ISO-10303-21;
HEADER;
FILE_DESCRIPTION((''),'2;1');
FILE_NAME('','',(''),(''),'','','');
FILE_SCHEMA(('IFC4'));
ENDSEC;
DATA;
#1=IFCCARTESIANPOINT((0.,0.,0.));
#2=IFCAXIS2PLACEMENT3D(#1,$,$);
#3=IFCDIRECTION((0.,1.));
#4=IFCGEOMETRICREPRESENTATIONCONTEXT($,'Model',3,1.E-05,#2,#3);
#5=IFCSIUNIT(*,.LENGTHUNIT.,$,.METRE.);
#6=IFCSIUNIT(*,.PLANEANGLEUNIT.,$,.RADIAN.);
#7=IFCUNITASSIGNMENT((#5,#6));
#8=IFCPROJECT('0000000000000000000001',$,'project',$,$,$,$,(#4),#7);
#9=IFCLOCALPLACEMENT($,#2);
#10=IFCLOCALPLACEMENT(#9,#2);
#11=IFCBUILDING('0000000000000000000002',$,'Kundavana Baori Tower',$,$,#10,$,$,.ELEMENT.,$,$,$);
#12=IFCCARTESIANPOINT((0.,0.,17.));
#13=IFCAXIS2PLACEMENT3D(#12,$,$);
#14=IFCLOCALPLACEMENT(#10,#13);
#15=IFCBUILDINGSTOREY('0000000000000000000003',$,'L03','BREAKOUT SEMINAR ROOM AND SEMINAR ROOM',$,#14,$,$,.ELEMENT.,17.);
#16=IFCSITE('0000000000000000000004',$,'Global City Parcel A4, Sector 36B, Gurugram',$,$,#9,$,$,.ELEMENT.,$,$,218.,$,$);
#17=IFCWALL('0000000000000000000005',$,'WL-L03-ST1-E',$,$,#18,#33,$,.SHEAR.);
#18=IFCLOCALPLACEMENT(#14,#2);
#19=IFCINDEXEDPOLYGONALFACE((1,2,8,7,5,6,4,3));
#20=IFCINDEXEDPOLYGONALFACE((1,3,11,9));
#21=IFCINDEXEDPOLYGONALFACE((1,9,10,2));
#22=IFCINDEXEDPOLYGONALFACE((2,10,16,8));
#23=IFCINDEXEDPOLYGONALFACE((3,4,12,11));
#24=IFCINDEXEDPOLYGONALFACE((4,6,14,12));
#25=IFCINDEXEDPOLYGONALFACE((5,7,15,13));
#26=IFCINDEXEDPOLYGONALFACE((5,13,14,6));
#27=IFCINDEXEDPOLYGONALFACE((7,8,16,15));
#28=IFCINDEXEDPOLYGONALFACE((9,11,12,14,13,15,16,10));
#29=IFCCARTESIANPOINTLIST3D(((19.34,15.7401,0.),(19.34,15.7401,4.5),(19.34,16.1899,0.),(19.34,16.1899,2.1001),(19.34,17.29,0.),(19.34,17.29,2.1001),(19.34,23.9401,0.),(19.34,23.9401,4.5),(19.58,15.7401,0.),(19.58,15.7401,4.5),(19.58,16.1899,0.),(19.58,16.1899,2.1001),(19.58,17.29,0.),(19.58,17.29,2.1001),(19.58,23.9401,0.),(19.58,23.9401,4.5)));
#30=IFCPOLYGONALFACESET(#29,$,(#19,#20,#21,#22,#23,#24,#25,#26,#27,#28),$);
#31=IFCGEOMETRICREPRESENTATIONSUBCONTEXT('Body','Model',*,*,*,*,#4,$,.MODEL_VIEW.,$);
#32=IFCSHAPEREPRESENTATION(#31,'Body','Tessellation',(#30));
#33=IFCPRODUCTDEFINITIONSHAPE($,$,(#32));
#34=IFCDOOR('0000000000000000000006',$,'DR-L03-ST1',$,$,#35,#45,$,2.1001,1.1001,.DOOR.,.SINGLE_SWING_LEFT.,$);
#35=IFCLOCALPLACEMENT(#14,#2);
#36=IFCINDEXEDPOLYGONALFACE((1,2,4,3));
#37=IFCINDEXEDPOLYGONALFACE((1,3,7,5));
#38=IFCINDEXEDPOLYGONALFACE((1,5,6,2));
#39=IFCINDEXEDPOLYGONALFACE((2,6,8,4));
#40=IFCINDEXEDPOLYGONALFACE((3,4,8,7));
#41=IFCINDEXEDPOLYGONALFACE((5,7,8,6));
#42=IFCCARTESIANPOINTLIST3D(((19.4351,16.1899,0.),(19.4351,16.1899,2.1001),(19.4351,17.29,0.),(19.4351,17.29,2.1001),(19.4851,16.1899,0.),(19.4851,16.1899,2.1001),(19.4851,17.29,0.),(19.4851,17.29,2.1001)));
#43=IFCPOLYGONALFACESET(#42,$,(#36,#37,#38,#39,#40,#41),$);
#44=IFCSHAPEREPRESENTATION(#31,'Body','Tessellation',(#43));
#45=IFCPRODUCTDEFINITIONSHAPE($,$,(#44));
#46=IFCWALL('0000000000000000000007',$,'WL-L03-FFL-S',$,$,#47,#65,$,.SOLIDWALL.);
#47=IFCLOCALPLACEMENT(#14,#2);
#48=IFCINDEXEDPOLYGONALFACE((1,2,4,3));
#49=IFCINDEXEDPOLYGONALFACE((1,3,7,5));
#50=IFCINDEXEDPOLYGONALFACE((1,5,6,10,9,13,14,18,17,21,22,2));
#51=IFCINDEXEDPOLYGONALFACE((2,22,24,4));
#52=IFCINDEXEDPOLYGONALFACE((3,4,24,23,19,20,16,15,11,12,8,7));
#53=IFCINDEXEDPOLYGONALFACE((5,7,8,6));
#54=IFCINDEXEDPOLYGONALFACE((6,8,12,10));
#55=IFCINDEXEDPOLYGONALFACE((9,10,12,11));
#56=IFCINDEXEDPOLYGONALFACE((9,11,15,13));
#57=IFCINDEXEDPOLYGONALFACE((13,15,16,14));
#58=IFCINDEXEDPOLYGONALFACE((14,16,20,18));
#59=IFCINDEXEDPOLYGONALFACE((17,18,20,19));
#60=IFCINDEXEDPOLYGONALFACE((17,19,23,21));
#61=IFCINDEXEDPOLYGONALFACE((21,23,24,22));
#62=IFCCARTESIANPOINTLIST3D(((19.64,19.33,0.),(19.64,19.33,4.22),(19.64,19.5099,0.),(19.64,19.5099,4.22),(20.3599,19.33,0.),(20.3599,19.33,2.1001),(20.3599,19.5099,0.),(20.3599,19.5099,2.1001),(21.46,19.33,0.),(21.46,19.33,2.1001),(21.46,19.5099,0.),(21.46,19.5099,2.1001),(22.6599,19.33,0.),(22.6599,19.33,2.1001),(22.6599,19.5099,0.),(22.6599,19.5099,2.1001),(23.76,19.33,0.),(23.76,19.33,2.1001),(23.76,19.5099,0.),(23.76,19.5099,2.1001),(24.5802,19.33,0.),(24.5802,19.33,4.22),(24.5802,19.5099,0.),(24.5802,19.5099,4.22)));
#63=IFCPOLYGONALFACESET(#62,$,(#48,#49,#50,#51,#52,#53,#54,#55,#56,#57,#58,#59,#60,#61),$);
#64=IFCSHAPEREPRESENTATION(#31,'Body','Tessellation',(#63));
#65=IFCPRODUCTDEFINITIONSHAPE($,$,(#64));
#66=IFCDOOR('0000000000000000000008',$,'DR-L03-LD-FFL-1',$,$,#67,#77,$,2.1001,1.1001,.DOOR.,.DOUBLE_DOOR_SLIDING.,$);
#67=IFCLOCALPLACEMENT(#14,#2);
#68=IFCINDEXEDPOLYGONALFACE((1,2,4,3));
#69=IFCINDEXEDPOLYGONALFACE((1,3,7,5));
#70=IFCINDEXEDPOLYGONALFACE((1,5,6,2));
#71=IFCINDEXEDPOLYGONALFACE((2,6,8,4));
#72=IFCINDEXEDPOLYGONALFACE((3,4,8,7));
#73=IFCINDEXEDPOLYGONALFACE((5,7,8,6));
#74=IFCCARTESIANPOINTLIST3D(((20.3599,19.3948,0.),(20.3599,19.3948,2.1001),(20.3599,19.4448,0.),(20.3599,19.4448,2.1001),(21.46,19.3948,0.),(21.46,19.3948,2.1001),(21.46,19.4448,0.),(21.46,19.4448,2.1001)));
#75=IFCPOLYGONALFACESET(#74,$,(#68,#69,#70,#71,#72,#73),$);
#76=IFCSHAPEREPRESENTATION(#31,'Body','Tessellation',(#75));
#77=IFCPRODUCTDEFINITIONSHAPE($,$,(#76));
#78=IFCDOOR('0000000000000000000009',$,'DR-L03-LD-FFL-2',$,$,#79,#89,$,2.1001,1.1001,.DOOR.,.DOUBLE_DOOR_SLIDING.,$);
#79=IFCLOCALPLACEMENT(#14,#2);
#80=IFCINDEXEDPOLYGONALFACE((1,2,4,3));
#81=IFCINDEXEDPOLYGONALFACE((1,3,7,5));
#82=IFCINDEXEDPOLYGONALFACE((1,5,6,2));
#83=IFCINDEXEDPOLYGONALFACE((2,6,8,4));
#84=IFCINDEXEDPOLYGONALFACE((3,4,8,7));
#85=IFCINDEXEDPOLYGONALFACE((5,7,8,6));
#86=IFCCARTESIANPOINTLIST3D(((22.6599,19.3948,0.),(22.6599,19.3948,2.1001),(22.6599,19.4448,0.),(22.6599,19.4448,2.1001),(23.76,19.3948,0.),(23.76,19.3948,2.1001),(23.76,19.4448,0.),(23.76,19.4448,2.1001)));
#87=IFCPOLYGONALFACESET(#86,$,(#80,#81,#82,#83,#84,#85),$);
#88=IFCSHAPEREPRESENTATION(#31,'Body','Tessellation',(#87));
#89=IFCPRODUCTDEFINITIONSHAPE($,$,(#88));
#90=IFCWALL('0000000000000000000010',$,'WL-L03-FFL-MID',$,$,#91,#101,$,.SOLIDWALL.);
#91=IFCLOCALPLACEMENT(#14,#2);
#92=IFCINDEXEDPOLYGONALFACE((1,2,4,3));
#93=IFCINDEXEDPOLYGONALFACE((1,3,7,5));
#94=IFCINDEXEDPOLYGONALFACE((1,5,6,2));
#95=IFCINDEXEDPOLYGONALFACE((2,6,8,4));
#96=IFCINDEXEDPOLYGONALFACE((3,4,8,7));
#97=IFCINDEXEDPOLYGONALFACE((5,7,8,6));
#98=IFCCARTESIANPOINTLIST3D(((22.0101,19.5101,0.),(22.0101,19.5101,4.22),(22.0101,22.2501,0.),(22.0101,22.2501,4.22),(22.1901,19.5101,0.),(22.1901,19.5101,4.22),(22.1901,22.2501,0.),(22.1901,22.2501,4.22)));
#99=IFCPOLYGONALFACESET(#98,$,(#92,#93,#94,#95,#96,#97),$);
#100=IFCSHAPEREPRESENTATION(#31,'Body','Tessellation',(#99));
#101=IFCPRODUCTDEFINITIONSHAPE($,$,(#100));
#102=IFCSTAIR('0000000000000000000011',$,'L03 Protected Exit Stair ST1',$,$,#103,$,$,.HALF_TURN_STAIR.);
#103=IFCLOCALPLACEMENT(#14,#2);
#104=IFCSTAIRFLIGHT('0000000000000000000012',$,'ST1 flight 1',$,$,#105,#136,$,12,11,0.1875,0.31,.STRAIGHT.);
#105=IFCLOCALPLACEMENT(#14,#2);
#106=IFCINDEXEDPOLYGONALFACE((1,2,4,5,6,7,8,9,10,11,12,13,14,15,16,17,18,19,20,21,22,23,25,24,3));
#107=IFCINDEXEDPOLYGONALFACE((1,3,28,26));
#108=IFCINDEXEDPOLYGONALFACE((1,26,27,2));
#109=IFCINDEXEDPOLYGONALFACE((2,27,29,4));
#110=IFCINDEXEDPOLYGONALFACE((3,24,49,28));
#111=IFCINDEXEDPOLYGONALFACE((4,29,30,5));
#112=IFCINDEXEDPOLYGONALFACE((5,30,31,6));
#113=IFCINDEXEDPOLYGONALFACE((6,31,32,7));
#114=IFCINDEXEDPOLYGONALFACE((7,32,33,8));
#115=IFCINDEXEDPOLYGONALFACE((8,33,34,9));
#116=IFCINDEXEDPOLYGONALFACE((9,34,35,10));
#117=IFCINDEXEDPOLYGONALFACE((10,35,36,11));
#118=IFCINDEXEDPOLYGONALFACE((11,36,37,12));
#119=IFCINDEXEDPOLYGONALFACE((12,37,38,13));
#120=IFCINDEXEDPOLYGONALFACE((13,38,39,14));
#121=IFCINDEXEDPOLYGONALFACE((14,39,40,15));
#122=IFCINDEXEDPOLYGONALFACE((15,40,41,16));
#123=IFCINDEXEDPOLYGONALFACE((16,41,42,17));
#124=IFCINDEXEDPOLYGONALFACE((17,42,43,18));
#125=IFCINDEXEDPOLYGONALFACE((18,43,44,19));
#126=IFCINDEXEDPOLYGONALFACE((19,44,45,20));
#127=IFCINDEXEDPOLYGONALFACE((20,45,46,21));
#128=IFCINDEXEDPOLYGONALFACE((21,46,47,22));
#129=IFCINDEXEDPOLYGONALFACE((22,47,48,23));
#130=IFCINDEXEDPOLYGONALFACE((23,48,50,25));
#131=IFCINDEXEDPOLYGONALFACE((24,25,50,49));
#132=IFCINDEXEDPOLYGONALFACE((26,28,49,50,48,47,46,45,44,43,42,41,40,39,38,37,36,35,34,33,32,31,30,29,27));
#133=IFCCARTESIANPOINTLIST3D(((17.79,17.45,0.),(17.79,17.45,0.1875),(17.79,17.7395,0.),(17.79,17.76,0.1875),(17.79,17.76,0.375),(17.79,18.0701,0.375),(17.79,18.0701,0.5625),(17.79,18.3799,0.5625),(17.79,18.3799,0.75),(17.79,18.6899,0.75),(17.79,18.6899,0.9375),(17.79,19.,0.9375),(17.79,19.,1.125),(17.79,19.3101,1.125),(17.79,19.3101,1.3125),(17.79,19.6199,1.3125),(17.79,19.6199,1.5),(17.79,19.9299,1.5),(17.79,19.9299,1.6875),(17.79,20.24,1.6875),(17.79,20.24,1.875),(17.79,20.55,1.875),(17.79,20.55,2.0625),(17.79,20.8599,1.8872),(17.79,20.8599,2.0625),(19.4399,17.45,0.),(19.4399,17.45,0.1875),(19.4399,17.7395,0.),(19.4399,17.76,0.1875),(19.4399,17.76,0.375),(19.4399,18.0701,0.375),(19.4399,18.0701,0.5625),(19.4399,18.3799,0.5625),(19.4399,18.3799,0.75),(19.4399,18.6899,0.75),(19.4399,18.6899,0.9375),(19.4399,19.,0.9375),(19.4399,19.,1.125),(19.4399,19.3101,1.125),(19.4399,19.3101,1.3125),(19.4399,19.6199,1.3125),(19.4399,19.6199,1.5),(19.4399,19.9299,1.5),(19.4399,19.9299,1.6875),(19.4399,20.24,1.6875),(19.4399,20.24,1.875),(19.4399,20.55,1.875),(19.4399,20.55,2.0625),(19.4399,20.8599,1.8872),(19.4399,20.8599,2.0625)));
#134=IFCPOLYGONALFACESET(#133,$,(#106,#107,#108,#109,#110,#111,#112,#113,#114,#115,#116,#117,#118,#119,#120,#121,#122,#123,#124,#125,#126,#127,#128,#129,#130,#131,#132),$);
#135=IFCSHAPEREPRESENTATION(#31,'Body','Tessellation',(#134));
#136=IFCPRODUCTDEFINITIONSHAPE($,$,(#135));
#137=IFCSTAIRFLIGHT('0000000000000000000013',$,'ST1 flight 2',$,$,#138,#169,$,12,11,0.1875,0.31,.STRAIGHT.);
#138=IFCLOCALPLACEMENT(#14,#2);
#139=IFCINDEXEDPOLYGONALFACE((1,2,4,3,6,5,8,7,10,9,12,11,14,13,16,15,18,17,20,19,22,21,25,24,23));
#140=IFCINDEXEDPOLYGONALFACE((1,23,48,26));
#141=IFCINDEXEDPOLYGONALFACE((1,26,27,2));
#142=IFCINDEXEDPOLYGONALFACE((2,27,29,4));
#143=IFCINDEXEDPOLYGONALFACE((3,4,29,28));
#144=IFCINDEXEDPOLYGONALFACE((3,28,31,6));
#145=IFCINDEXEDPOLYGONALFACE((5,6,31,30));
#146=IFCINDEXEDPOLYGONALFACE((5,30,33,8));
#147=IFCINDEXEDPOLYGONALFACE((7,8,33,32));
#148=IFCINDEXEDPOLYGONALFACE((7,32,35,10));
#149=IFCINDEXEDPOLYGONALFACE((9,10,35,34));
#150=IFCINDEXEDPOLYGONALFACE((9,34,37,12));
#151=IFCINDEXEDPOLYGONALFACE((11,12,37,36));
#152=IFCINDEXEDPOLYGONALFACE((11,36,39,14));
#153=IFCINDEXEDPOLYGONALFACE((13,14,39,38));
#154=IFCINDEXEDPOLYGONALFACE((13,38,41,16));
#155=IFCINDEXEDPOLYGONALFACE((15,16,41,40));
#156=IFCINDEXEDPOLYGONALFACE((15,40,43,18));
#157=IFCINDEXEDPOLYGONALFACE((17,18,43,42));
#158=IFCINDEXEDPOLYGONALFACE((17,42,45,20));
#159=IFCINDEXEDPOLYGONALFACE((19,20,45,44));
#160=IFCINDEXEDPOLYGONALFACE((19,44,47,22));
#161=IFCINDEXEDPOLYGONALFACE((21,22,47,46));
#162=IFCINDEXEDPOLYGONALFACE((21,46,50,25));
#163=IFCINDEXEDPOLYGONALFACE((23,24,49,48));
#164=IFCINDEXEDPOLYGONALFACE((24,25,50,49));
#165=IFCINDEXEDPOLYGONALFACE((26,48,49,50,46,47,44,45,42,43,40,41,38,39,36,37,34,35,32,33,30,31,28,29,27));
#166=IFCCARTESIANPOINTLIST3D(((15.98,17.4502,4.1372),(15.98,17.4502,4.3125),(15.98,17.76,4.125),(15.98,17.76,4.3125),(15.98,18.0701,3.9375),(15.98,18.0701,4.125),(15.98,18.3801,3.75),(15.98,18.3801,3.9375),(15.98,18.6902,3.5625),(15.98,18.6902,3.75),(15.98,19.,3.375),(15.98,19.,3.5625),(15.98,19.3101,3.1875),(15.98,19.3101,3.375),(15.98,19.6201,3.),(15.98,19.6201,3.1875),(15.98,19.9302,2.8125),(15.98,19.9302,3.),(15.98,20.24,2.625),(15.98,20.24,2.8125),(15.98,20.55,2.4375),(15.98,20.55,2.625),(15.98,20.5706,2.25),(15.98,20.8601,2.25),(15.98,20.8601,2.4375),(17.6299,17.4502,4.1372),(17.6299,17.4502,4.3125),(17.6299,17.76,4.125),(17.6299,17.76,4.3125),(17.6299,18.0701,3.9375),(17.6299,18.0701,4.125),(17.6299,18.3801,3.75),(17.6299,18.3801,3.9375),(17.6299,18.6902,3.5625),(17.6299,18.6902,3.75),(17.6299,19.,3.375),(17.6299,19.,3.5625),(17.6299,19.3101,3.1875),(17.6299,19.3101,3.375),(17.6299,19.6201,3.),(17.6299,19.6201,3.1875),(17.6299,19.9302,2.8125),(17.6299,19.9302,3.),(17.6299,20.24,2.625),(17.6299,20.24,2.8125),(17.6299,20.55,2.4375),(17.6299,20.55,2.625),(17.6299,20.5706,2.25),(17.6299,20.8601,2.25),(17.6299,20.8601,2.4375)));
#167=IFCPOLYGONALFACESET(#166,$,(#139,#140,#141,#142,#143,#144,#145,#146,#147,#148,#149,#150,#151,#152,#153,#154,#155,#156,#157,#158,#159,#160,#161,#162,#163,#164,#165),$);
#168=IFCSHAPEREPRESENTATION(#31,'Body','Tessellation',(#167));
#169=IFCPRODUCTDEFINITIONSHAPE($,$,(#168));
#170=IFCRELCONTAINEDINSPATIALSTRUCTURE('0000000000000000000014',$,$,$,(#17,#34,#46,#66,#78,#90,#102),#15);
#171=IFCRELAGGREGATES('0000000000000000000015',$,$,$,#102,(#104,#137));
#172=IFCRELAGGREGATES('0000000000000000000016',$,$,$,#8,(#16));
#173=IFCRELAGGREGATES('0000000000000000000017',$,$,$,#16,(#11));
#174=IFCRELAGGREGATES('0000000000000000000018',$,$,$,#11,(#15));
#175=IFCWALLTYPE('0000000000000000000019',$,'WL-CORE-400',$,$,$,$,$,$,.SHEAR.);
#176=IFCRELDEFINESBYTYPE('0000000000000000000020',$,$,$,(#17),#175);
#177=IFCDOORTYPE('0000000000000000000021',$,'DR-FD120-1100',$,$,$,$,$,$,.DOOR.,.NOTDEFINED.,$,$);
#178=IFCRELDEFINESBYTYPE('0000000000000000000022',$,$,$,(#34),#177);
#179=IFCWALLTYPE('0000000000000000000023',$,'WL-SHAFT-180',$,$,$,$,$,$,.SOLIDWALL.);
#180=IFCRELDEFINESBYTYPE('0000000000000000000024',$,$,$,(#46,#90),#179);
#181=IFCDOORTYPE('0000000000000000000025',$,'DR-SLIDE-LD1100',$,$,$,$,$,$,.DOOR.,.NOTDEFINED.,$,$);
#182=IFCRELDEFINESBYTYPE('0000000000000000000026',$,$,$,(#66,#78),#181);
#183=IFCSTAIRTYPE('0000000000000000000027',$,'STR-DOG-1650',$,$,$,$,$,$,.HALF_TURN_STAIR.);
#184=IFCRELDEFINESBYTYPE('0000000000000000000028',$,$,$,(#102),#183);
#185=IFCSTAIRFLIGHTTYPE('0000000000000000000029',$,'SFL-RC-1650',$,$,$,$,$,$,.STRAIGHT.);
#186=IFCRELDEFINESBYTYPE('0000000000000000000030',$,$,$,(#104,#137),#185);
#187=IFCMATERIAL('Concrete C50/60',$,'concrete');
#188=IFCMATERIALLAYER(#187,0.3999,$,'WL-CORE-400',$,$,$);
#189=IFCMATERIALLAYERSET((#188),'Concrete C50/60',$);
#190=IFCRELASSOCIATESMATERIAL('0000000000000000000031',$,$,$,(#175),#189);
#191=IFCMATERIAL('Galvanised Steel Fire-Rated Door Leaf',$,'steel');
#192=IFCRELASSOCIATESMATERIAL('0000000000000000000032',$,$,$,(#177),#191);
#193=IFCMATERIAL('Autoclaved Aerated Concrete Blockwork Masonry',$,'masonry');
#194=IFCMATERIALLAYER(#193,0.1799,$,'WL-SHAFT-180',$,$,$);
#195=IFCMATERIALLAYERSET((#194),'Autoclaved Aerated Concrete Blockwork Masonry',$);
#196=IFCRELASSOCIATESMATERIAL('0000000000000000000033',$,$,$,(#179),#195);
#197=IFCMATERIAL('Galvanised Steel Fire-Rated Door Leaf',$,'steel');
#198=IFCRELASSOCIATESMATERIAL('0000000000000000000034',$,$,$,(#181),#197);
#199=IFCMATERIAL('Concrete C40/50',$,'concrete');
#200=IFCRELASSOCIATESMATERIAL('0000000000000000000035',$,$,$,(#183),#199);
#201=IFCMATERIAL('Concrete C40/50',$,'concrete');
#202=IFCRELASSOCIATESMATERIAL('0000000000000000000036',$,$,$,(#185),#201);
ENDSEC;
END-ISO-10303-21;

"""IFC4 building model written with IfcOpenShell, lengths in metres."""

from ifc_helpers import new_model, si_unit, direction, frame, frame_2d, origin, place, context, subcontext, project, spatial, polyline, rectangle, outline, extrude, material, layer, layer_set, type_object, element, fill, aggregate, save


model = new_model("IFC4")

# Units and contexts
model_context = context("Model", 3, precision=1e-05, world=origin(), true_north=direction((0.0, 1.0)))
body_context = subcontext(model_context, "Body", "Model", "MODEL_VIEW")
ifc_project = project(units=[si_unit("LENGTHUNIT", "METRE"), si_unit("PLANEANGLEUNIT", "RADIAN")], contexts=[model_context])

# Site, building, storey
site_placement = place(None, origin())
site = spatial("IfcSite", under=ifc_project, at=site_placement, Name="Global City Parcel A4, Sector 36B, Gurugram", CompositionType="ELEMENT", RefElevation=218.0)
building_placement = place(site_placement, origin())
building = spatial("IfcBuilding", under=site, at=building_placement, Name="Kundavana Baori Tower", CompositionType="ELEMENT")
storey_placement = place(building_placement, frame((0.0, 0.0, 17.0)))
storey = spatial("IfcBuildingStorey", under=building, at=storey_placement, Name="L03", Description="BREAKOUT SEMINAR ROOM AND SEMINAR ROOM", CompositionType="ELEMENT", Elevation=17.0)

# Wall, opening, door
ifc_material_1 = material(Name="Concrete C50/60", Category="concrete")
ifc_layer_1 = layer(ifc_material_1, 0.3999, Name="WL-CORE-400")
ifc_layer_set_1 = layer_set([ifc_layer_1], Name="Concrete C50/60")
wall_type_1 = type_object("IfcWallType", Name="WL-CORE-400", PredefinedType="SHEAR", material=ifc_layer_set_1)
wall_1_placement = place(storey_placement, frame((19.46, 15.74, 0.0), z_axis=(0.0, 0.0, 1.0), x_axis=(0.0, 1.0, 0.0)))
wall_1 = element("IfcWall", 1, at=wall_1_placement, inside=storey, type_object=wall_type_1, Name="WL-L03-ST1-E", PredefinedType="SHEAR", context=body_context, shape_type="SweptSolid", body=[
    extrude(rectangle(XDim=8.2, YDim=0.24, at=frame_2d((4.1001, 0.0))), origin(), (0.0, 0.0, 1.0), 4.5),
])
opening_1_placement = place(wall_1_placement, frame((0.45, 0.0, 0.0)))
opening_1 = element("IfcOpeningElement", 2, at=opening_1_placement, cuts=wall_1, PredefinedType="OPENING", context=body_context, shape_type="SweptSolid", body=[
    extrude(rectangle(XDim=1.1001, YDim=2.1001, at=frame_2d((0.55, 1.05))), frame((0.0, 0.1299, 0.0), z_axis=(0.0, -1.0, 0.0), x_axis=(1.0, 0.0, 0.0)), (0.0, 0.0, 1.0), 0.26),
])
ifc_material_2 = material(Name="Galvanised Steel Fire-Rated Door Leaf", Category="steel")
door_type_1 = type_object("IfcDoorType", Name="DR-FD120-1100", OperationType="NOTDEFINED", PredefinedType="DOOR", material=ifc_material_2)
door_1_placement = place(opening_1_placement, origin())
door_1 = element("IfcDoor", 3, at=door_1_placement, inside=storey, type_object=door_type_1, Name="DR-L03-ST1", OperationType="SINGLE_SWING_LEFT", OverallHeight=2.1001, OverallWidth=1.1001, PredefinedType="DOOR", context=body_context, shape_type="SweptSolid", body=[
    extrude(rectangle(XDim=1.1001, YDim=2.1001, at=frame_2d((0.55, 1.05))), frame((0.0, 0.0249, 0.0), z_axis=(0.0, -1.0, 0.0), x_axis=(1.0, 0.0, 0.0)), (0.0, 0.0, 1.0), 0.05),
])
fill(opening_1, door_1)

# Wall, openings, doors
ifc_material_3 = material(Name="Autoclaved Aerated Concrete Blockwork Masonry", Category="masonry")
ifc_layer_2 = layer(ifc_material_3, 0.1799, Name="WL-SHAFT-180")
ifc_layer_set_2 = layer_set([ifc_layer_2], Name="Autoclaved Aerated Concrete Blockwork Masonry")
wall_type_2 = type_object("IfcWallType", Name="WL-SHAFT-180", PredefinedType="SOLIDWALL", material=ifc_layer_set_2)
wall_2_placement = place(storey_placement, frame((19.6399, 19.4199, 0.0), z_axis=(0.0, 0.0, 1.0), x_axis=(1.0, 0.0, 0.0)))
wall_2 = element("IfcWall", 4, at=wall_2_placement, inside=storey, type_object=wall_type_2, Name="WL-L03-FFL-S", PredefinedType="SOLIDWALL", context=body_context, shape_type="SweptSolid", body=[
    extrude(rectangle(XDim=4.9402, YDim=0.1799, at=frame_2d((2.4702, 0.0))), origin(), (0.0, 0.0, 1.0), 4.22),
])
opening_2_placement = place(wall_2_placement, frame((0.72, 0.0, 0.0)))
opening_2 = element("IfcOpeningElement", 5, at=opening_2_placement, cuts=wall_2, PredefinedType="OPENING", context=body_context, shape_type="SweptSolid", body=[
    extrude(rectangle(XDim=1.1001, YDim=2.1001, at=frame_2d((0.55, 1.05))), frame((0.0, 0.1001, 0.0), z_axis=(0.0, -1.0, 0.0), x_axis=(1.0, 0.0, 0.0)), (0.0, 0.0, 1.0), 0.2),
])
opening_3_placement = place(wall_2_placement, frame((3.02, 0.0, 0.0)))
opening_3 = element("IfcOpeningElement", 6, at=opening_3_placement, cuts=wall_2, PredefinedType="OPENING", context=body_context, shape_type="SweptSolid", body=[
    extrude(rectangle(XDim=1.1001, YDim=2.1001, at=frame_2d((0.55, 1.05))), frame((0.0, 0.1001, 0.0), z_axis=(0.0, -1.0, 0.0), x_axis=(1.0, 0.0, 0.0)), (0.0, 0.0, 1.0), 0.2),
])
ifc_material_4 = material(Name="Galvanised Steel Fire-Rated Door Leaf", Category="steel")
door_type_2 = type_object("IfcDoorType", Name="DR-SLIDE-LD1100", OperationType="NOTDEFINED", PredefinedType="DOOR", material=ifc_material_4)
door_2_placement = place(opening_2_placement, origin())
door_2 = element("IfcDoor", 7, at=door_2_placement, inside=storey, type_object=door_type_2, Name="DR-L03-LD-FFL-1", OperationType="DOUBLE_DOOR_SLIDING", OverallHeight=2.1001, OverallWidth=1.1001, PredefinedType="DOOR", context=body_context, shape_type="SweptSolid", body=[
    extrude(rectangle(XDim=1.1001, YDim=2.1001, at=frame_2d((0.55, 1.05))), frame((0.0, 0.0249, 0.0), z_axis=(0.0, -1.0, 0.0), x_axis=(1.0, 0.0, 0.0)), (0.0, 0.0, 1.0), 0.05),
])
fill(opening_2, door_2)
door_3_placement = place(opening_3_placement, origin())
door_3 = element("IfcDoor", 8, at=door_3_placement, inside=storey, type_object=door_type_2, Name="DR-L03-LD-FFL-2", OperationType="DOUBLE_DOOR_SLIDING", OverallHeight=2.1001, OverallWidth=1.1001, PredefinedType="DOOR", context=body_context, shape_type="SweptSolid", body=[
    extrude(rectangle(XDim=1.1001, YDim=2.1001, at=frame_2d((0.55, 1.05))), frame((0.0, 0.0249, 0.0), z_axis=(0.0, -1.0, 0.0), x_axis=(1.0, 0.0, 0.0)), (0.0, 0.0, 1.0), 0.05),
])
fill(opening_3, door_3)

# Wall
wall_3_placement = place(storey_placement, frame((22.1001, 19.51, 0.0), z_axis=(0.0, 0.0, 1.0), x_axis=(0.0, 1.0, 0.0)))
element("IfcWall", 9, at=wall_3_placement, inside=storey, type_object=wall_type_2, Name="WL-L03-FFL-MID", PredefinedType="SOLIDWALL", context=body_context, shape_type="SweptSolid", body=[
    extrude(rectangle(XDim=2.74, YDim=0.1799, at=frame_2d((1.3701, 0.0))), origin(), (0.0, 0.0, 1.0), 4.22),
])

# Stair, stair flights
ifc_material_5 = material(Name="Concrete C40/50", Category="concrete")
stair_type = type_object("IfcStairType", Name="STR-DOG-1650", PredefinedType="HALF_TURN_STAIR", material=ifc_material_5)
stair_placement = place(storey_placement, origin())
stair = element("IfcStair", 10, at=stair_placement, inside=storey, type_object=stair_type, Name="L03 Protected Exit Stair ST1", PredefinedType="HALF_TURN_STAIR")
ifc_material_6 = material(Name="Concrete C40/50", Category="concrete")
stair_flight_type = type_object("IfcStairFlightType", Name="SFL-RC-1650", PredefinedType="STRAIGHT", material=ifc_material_6)
stair_flight_1_placement = place(storey_placement, frame((18.615, 17.45, 0.0), z_axis=(0.0, 0.0, 1.0), x_axis=(0.0, 1.0, 0.0)))
stair_flight_1 = element("IfcStairFlight", 11, at=stair_flight_1_placement, type_object=stair_flight_type, Name="ST1 flight 1", NumberOfRisers=12, NumberOfTreads=11, PredefinedType="STRAIGHT", RiserHeight=0.1875, TreadLength=0.31, context=body_context, shape_type="SweptSolid", body=[
    extrude(outline(polyline([(0.0, 0.0), (0.0, 0.1875), (0.3101, 0.1875), (0.3101, 0.375), (0.6201, 0.375), (0.6201, 0.5625), (0.9299, 0.5625), (0.9299, 0.75), (1.24, 0.75), (1.24, 0.9375), (1.55, 0.9375), (1.55, 1.125), (1.8601, 1.125), (1.8601, 1.3125), (2.1699, 1.3125), (2.1699, 1.5), (2.48, 1.5), (2.48, 1.6875), (2.79, 1.6875), (2.79, 1.875), (3.1001, 1.875), (3.1001, 2.0625), (3.4099, 2.0625), (3.4099, 2.25), (3.4099, 1.8872), (0.2896, 0.0), (0.0, 0.0)])), frame((0.0, 0.825, 0.0), z_axis=(0.0, -1.0, 0.0), x_axis=(1.0, 0.0, 0.0)), (0.0, 0.0, 1.0), 1.6499),
])
stair_flight_2_placement = place(storey_placement, frame((16.8049, 20.8601, 2.25), z_axis=(0.0, 0.0, 1.0), x_axis=(0.0, -1.0, 0.0)))
stair_flight_2 = element("IfcStairFlight", 12, at=stair_flight_2_placement, type_object=stair_flight_type, Name="ST1 flight 2", NumberOfRisers=12, NumberOfTreads=11, PredefinedType="STRAIGHT", RiserHeight=0.1875, TreadLength=0.31, context=body_context, shape_type="SweptSolid", body=[
    extrude(outline(polyline([(0.0, 0.0), (0.0, 0.1875), (0.3101, 0.1875), (0.3101, 0.375), (0.6201, 0.375), (0.6201, 0.5625), (0.9299, 0.5625), (0.9299, 0.75), (1.24, 0.75), (1.24, 0.9375), (1.55, 0.9375), (1.55, 1.125), (1.8601, 1.125), (1.8601, 1.3125), (2.1699, 1.3125), (2.1699, 1.5), (2.48, 1.5), (2.48, 1.6875), (2.79, 1.6875), (2.79, 1.875), (3.1001, 1.875), (3.1001, 2.0625), (3.4099, 2.0625), (3.4099, 2.25), (3.4099, 1.8872), (0.2896, 0.0), (0.0, 0.0)])), frame((0.0, 0.825, 0.0), z_axis=(0.0, -1.0, 0.0), x_axis=(1.0, 0.0, 0.0)), (0.0, 0.0, 1.0), 1.6499),
])
aggregate(stair, [stair_flight_1, stair_flight_2])

save(model, "model.ifc")
